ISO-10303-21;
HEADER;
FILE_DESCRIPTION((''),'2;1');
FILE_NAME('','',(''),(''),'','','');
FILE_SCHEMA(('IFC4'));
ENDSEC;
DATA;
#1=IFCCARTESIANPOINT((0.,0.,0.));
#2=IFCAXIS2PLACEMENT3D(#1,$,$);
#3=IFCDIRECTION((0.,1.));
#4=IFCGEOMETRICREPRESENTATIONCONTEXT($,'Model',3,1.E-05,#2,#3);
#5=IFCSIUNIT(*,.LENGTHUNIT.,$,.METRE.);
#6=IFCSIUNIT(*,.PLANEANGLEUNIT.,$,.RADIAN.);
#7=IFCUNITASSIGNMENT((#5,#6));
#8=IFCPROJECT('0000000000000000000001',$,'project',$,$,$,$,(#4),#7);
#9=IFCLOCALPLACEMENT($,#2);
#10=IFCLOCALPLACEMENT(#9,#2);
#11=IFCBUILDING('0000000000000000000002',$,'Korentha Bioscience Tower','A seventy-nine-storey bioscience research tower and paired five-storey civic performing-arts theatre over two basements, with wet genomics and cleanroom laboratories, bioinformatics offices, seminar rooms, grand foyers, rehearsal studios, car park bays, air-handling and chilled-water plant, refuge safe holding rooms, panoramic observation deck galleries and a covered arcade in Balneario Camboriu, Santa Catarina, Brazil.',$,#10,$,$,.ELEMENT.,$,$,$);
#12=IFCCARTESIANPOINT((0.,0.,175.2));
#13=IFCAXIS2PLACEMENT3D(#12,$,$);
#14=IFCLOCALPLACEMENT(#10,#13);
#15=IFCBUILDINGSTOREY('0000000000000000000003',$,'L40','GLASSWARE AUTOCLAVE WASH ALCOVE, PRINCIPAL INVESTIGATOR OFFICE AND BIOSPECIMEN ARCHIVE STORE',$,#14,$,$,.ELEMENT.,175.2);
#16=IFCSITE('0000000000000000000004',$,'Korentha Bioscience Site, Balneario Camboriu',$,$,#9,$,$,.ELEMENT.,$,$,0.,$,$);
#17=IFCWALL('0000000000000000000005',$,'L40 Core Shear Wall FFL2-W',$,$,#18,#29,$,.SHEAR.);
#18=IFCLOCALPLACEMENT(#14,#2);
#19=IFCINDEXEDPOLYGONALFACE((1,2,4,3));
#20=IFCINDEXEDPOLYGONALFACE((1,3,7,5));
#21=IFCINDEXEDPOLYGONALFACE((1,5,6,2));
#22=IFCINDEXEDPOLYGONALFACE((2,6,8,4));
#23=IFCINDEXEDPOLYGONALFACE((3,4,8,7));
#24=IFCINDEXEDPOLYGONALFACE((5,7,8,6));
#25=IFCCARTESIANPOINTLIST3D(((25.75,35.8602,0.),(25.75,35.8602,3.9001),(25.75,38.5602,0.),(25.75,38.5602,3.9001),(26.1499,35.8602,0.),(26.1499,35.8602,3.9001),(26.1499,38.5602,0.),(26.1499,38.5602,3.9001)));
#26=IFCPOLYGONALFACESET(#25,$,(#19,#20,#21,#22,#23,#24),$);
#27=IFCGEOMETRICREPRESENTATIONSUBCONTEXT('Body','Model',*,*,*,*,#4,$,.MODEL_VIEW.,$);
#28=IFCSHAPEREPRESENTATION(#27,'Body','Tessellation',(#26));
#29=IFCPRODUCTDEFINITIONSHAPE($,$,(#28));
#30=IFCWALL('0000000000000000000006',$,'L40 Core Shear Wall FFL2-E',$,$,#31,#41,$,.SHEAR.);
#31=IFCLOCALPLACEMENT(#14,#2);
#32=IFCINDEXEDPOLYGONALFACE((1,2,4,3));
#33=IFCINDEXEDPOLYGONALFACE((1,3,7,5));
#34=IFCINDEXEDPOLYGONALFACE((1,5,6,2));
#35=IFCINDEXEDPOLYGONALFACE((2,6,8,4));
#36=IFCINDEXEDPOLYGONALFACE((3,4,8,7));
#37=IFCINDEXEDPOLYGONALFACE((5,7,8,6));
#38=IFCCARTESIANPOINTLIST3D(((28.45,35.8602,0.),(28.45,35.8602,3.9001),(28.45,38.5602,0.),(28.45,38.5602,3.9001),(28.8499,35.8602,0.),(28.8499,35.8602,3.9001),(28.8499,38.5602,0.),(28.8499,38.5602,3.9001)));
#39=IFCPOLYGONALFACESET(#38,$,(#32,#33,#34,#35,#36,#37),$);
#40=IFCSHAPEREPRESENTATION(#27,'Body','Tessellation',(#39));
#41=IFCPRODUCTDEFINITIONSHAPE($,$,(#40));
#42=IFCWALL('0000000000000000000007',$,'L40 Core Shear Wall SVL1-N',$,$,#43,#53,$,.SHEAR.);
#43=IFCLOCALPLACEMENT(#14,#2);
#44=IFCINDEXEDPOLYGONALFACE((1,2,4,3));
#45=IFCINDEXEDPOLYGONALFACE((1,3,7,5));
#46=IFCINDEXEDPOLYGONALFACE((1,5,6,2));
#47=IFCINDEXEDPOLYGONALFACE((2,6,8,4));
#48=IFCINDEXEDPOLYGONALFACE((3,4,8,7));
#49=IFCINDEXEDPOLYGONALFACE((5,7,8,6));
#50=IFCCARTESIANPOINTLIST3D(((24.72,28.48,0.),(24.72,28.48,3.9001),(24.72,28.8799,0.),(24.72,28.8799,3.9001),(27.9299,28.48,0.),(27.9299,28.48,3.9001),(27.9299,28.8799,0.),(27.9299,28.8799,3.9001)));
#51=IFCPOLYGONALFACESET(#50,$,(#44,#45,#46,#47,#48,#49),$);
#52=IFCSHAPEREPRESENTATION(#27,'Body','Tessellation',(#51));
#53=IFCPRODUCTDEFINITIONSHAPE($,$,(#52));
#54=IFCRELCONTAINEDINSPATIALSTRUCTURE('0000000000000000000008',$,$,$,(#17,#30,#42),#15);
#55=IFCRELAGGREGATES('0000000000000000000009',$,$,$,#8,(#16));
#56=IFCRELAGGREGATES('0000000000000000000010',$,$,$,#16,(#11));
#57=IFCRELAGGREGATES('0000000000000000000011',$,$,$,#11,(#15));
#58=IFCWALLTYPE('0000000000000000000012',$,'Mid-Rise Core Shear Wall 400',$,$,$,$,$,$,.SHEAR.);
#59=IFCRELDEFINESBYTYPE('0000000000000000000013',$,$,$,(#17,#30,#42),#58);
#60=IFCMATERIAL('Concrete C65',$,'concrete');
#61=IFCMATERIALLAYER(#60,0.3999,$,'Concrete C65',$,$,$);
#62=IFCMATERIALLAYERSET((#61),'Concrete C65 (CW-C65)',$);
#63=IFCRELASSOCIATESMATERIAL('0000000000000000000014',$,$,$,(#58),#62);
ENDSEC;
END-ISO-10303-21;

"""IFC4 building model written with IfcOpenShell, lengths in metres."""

from ifc_helpers import new_model, si_unit, direction, frame, frame_2d, origin, place, context, subcontext, project, spatial, rectangle, extrude, material, layer, layer_set, type_object, element, save


model = new_model("IFC4")

# Units and contexts
model_context = context("Model", 3, precision=1e-05, world=origin(), true_north=direction((0.0, 1.0)))
body_context = subcontext(model_context, "Body", "Model", "MODEL_VIEW")
ifc_project = project(units=[si_unit("LENGTHUNIT", "METRE"), si_unit("PLANEANGLEUNIT", "RADIAN")], contexts=[model_context])

# Site, building, storey
site_placement = place(None, origin())
site = spatial("IfcSite", under=ifc_project, at=site_placement, Name="Korentha Bioscience Site, Balneario Camboriu", CompositionType="ELEMENT", RefElevation=0.0)
building_placement = place(site_placement, origin())
building = spatial("IfcBuilding", under=site, at=building_placement, Name="Korentha Bioscience Tower", Description="A seventy-nine-storey bioscience research tower and paired five-storey civic performing-arts theatre over two basements, with wet genomics and cleanroom laboratories, bioinformatics offices, seminar rooms, grand foyers, rehearsal studios, car park bays, air-handling and chilled-water plant, refuge safe holding rooms, panoramic observation deck galleries and a covered arcade in Balneario Camboriu, Santa Catarina, Brazil.", CompositionType="ELEMENT")
storey_placement = place(building_placement, frame((0.0, 0.0, 175.2)))
storey = spatial("IfcBuildingStorey", under=building, at=storey_placement, Name="L40", Description="GLASSWARE AUTOCLAVE WASH ALCOVE, PRINCIPAL INVESTIGATOR OFFICE AND BIOSPECIMEN ARCHIVE STORE", CompositionType="ELEMENT", Elevation=175.2)

# Shared definitions
ifc_material_1 = material(Name="Concrete C65", Category="concrete")

# Shared definitions
ifc_layer_1 = layer(ifc_material_1, 0.3999, Name="Concrete C65")
ifc_layer_set_1 = layer_set([ifc_layer_1], Name="Concrete C65 (CW-C65)")
wall_type_1 = type_object("IfcWallType", Name="Mid-Rise Core Shear Wall 400", PredefinedType="SHEAR", material=ifc_layer_set_1)

# Walls
for number, where, z_axis, x_axis, name in (
    (1, (25.95, 35.8601, 0.0), (0.0, 0.0, 1.0), (0.0, 1.0, 0.0), "L40 Core Shear Wall FFL2-W"),
    (2, (28.6499, 35.8601, 0.0), (0.0, 0.0, 1.0), (0.0, 1.0, 0.0), "L40 Core Shear Wall FFL2-E"),
):
    element("IfcWall", number, at=place(storey_placement, frame(where, z_axis=z_axis, x_axis=x_axis)), inside=storey, type_object=wall_type_1, Name=name, PredefinedType="SHEAR", context=body_context, shape_type="SweptSolid", body=[
        extrude(rectangle(XDim=2.7, YDim=0.3999, at=frame_2d((1.3501, 0.0))), origin(), (0.0, 0.0, 1.0), 3.9001),
    ])
wall_1_placement = place(storey_placement, frame((24.72, 28.6799, 0.0), z_axis=(0.0, 0.0, 1.0), x_axis=(1.0, 0.0, 0.0)))
element("IfcWall", 3, at=wall_1_placement, inside=storey, type_object=wall_type_1, Name="L40 Core Shear Wall SVL1-N", PredefinedType="SHEAR", context=body_context, shape_type="SweptSolid", body=[
    extrude(rectangle(XDim=3.21, YDim=0.3999, at=frame_2d((1.605, 0.0))), origin(), (0.0, 0.0, 1.0), 3.9001),
])

save(model, "model.ifc")
